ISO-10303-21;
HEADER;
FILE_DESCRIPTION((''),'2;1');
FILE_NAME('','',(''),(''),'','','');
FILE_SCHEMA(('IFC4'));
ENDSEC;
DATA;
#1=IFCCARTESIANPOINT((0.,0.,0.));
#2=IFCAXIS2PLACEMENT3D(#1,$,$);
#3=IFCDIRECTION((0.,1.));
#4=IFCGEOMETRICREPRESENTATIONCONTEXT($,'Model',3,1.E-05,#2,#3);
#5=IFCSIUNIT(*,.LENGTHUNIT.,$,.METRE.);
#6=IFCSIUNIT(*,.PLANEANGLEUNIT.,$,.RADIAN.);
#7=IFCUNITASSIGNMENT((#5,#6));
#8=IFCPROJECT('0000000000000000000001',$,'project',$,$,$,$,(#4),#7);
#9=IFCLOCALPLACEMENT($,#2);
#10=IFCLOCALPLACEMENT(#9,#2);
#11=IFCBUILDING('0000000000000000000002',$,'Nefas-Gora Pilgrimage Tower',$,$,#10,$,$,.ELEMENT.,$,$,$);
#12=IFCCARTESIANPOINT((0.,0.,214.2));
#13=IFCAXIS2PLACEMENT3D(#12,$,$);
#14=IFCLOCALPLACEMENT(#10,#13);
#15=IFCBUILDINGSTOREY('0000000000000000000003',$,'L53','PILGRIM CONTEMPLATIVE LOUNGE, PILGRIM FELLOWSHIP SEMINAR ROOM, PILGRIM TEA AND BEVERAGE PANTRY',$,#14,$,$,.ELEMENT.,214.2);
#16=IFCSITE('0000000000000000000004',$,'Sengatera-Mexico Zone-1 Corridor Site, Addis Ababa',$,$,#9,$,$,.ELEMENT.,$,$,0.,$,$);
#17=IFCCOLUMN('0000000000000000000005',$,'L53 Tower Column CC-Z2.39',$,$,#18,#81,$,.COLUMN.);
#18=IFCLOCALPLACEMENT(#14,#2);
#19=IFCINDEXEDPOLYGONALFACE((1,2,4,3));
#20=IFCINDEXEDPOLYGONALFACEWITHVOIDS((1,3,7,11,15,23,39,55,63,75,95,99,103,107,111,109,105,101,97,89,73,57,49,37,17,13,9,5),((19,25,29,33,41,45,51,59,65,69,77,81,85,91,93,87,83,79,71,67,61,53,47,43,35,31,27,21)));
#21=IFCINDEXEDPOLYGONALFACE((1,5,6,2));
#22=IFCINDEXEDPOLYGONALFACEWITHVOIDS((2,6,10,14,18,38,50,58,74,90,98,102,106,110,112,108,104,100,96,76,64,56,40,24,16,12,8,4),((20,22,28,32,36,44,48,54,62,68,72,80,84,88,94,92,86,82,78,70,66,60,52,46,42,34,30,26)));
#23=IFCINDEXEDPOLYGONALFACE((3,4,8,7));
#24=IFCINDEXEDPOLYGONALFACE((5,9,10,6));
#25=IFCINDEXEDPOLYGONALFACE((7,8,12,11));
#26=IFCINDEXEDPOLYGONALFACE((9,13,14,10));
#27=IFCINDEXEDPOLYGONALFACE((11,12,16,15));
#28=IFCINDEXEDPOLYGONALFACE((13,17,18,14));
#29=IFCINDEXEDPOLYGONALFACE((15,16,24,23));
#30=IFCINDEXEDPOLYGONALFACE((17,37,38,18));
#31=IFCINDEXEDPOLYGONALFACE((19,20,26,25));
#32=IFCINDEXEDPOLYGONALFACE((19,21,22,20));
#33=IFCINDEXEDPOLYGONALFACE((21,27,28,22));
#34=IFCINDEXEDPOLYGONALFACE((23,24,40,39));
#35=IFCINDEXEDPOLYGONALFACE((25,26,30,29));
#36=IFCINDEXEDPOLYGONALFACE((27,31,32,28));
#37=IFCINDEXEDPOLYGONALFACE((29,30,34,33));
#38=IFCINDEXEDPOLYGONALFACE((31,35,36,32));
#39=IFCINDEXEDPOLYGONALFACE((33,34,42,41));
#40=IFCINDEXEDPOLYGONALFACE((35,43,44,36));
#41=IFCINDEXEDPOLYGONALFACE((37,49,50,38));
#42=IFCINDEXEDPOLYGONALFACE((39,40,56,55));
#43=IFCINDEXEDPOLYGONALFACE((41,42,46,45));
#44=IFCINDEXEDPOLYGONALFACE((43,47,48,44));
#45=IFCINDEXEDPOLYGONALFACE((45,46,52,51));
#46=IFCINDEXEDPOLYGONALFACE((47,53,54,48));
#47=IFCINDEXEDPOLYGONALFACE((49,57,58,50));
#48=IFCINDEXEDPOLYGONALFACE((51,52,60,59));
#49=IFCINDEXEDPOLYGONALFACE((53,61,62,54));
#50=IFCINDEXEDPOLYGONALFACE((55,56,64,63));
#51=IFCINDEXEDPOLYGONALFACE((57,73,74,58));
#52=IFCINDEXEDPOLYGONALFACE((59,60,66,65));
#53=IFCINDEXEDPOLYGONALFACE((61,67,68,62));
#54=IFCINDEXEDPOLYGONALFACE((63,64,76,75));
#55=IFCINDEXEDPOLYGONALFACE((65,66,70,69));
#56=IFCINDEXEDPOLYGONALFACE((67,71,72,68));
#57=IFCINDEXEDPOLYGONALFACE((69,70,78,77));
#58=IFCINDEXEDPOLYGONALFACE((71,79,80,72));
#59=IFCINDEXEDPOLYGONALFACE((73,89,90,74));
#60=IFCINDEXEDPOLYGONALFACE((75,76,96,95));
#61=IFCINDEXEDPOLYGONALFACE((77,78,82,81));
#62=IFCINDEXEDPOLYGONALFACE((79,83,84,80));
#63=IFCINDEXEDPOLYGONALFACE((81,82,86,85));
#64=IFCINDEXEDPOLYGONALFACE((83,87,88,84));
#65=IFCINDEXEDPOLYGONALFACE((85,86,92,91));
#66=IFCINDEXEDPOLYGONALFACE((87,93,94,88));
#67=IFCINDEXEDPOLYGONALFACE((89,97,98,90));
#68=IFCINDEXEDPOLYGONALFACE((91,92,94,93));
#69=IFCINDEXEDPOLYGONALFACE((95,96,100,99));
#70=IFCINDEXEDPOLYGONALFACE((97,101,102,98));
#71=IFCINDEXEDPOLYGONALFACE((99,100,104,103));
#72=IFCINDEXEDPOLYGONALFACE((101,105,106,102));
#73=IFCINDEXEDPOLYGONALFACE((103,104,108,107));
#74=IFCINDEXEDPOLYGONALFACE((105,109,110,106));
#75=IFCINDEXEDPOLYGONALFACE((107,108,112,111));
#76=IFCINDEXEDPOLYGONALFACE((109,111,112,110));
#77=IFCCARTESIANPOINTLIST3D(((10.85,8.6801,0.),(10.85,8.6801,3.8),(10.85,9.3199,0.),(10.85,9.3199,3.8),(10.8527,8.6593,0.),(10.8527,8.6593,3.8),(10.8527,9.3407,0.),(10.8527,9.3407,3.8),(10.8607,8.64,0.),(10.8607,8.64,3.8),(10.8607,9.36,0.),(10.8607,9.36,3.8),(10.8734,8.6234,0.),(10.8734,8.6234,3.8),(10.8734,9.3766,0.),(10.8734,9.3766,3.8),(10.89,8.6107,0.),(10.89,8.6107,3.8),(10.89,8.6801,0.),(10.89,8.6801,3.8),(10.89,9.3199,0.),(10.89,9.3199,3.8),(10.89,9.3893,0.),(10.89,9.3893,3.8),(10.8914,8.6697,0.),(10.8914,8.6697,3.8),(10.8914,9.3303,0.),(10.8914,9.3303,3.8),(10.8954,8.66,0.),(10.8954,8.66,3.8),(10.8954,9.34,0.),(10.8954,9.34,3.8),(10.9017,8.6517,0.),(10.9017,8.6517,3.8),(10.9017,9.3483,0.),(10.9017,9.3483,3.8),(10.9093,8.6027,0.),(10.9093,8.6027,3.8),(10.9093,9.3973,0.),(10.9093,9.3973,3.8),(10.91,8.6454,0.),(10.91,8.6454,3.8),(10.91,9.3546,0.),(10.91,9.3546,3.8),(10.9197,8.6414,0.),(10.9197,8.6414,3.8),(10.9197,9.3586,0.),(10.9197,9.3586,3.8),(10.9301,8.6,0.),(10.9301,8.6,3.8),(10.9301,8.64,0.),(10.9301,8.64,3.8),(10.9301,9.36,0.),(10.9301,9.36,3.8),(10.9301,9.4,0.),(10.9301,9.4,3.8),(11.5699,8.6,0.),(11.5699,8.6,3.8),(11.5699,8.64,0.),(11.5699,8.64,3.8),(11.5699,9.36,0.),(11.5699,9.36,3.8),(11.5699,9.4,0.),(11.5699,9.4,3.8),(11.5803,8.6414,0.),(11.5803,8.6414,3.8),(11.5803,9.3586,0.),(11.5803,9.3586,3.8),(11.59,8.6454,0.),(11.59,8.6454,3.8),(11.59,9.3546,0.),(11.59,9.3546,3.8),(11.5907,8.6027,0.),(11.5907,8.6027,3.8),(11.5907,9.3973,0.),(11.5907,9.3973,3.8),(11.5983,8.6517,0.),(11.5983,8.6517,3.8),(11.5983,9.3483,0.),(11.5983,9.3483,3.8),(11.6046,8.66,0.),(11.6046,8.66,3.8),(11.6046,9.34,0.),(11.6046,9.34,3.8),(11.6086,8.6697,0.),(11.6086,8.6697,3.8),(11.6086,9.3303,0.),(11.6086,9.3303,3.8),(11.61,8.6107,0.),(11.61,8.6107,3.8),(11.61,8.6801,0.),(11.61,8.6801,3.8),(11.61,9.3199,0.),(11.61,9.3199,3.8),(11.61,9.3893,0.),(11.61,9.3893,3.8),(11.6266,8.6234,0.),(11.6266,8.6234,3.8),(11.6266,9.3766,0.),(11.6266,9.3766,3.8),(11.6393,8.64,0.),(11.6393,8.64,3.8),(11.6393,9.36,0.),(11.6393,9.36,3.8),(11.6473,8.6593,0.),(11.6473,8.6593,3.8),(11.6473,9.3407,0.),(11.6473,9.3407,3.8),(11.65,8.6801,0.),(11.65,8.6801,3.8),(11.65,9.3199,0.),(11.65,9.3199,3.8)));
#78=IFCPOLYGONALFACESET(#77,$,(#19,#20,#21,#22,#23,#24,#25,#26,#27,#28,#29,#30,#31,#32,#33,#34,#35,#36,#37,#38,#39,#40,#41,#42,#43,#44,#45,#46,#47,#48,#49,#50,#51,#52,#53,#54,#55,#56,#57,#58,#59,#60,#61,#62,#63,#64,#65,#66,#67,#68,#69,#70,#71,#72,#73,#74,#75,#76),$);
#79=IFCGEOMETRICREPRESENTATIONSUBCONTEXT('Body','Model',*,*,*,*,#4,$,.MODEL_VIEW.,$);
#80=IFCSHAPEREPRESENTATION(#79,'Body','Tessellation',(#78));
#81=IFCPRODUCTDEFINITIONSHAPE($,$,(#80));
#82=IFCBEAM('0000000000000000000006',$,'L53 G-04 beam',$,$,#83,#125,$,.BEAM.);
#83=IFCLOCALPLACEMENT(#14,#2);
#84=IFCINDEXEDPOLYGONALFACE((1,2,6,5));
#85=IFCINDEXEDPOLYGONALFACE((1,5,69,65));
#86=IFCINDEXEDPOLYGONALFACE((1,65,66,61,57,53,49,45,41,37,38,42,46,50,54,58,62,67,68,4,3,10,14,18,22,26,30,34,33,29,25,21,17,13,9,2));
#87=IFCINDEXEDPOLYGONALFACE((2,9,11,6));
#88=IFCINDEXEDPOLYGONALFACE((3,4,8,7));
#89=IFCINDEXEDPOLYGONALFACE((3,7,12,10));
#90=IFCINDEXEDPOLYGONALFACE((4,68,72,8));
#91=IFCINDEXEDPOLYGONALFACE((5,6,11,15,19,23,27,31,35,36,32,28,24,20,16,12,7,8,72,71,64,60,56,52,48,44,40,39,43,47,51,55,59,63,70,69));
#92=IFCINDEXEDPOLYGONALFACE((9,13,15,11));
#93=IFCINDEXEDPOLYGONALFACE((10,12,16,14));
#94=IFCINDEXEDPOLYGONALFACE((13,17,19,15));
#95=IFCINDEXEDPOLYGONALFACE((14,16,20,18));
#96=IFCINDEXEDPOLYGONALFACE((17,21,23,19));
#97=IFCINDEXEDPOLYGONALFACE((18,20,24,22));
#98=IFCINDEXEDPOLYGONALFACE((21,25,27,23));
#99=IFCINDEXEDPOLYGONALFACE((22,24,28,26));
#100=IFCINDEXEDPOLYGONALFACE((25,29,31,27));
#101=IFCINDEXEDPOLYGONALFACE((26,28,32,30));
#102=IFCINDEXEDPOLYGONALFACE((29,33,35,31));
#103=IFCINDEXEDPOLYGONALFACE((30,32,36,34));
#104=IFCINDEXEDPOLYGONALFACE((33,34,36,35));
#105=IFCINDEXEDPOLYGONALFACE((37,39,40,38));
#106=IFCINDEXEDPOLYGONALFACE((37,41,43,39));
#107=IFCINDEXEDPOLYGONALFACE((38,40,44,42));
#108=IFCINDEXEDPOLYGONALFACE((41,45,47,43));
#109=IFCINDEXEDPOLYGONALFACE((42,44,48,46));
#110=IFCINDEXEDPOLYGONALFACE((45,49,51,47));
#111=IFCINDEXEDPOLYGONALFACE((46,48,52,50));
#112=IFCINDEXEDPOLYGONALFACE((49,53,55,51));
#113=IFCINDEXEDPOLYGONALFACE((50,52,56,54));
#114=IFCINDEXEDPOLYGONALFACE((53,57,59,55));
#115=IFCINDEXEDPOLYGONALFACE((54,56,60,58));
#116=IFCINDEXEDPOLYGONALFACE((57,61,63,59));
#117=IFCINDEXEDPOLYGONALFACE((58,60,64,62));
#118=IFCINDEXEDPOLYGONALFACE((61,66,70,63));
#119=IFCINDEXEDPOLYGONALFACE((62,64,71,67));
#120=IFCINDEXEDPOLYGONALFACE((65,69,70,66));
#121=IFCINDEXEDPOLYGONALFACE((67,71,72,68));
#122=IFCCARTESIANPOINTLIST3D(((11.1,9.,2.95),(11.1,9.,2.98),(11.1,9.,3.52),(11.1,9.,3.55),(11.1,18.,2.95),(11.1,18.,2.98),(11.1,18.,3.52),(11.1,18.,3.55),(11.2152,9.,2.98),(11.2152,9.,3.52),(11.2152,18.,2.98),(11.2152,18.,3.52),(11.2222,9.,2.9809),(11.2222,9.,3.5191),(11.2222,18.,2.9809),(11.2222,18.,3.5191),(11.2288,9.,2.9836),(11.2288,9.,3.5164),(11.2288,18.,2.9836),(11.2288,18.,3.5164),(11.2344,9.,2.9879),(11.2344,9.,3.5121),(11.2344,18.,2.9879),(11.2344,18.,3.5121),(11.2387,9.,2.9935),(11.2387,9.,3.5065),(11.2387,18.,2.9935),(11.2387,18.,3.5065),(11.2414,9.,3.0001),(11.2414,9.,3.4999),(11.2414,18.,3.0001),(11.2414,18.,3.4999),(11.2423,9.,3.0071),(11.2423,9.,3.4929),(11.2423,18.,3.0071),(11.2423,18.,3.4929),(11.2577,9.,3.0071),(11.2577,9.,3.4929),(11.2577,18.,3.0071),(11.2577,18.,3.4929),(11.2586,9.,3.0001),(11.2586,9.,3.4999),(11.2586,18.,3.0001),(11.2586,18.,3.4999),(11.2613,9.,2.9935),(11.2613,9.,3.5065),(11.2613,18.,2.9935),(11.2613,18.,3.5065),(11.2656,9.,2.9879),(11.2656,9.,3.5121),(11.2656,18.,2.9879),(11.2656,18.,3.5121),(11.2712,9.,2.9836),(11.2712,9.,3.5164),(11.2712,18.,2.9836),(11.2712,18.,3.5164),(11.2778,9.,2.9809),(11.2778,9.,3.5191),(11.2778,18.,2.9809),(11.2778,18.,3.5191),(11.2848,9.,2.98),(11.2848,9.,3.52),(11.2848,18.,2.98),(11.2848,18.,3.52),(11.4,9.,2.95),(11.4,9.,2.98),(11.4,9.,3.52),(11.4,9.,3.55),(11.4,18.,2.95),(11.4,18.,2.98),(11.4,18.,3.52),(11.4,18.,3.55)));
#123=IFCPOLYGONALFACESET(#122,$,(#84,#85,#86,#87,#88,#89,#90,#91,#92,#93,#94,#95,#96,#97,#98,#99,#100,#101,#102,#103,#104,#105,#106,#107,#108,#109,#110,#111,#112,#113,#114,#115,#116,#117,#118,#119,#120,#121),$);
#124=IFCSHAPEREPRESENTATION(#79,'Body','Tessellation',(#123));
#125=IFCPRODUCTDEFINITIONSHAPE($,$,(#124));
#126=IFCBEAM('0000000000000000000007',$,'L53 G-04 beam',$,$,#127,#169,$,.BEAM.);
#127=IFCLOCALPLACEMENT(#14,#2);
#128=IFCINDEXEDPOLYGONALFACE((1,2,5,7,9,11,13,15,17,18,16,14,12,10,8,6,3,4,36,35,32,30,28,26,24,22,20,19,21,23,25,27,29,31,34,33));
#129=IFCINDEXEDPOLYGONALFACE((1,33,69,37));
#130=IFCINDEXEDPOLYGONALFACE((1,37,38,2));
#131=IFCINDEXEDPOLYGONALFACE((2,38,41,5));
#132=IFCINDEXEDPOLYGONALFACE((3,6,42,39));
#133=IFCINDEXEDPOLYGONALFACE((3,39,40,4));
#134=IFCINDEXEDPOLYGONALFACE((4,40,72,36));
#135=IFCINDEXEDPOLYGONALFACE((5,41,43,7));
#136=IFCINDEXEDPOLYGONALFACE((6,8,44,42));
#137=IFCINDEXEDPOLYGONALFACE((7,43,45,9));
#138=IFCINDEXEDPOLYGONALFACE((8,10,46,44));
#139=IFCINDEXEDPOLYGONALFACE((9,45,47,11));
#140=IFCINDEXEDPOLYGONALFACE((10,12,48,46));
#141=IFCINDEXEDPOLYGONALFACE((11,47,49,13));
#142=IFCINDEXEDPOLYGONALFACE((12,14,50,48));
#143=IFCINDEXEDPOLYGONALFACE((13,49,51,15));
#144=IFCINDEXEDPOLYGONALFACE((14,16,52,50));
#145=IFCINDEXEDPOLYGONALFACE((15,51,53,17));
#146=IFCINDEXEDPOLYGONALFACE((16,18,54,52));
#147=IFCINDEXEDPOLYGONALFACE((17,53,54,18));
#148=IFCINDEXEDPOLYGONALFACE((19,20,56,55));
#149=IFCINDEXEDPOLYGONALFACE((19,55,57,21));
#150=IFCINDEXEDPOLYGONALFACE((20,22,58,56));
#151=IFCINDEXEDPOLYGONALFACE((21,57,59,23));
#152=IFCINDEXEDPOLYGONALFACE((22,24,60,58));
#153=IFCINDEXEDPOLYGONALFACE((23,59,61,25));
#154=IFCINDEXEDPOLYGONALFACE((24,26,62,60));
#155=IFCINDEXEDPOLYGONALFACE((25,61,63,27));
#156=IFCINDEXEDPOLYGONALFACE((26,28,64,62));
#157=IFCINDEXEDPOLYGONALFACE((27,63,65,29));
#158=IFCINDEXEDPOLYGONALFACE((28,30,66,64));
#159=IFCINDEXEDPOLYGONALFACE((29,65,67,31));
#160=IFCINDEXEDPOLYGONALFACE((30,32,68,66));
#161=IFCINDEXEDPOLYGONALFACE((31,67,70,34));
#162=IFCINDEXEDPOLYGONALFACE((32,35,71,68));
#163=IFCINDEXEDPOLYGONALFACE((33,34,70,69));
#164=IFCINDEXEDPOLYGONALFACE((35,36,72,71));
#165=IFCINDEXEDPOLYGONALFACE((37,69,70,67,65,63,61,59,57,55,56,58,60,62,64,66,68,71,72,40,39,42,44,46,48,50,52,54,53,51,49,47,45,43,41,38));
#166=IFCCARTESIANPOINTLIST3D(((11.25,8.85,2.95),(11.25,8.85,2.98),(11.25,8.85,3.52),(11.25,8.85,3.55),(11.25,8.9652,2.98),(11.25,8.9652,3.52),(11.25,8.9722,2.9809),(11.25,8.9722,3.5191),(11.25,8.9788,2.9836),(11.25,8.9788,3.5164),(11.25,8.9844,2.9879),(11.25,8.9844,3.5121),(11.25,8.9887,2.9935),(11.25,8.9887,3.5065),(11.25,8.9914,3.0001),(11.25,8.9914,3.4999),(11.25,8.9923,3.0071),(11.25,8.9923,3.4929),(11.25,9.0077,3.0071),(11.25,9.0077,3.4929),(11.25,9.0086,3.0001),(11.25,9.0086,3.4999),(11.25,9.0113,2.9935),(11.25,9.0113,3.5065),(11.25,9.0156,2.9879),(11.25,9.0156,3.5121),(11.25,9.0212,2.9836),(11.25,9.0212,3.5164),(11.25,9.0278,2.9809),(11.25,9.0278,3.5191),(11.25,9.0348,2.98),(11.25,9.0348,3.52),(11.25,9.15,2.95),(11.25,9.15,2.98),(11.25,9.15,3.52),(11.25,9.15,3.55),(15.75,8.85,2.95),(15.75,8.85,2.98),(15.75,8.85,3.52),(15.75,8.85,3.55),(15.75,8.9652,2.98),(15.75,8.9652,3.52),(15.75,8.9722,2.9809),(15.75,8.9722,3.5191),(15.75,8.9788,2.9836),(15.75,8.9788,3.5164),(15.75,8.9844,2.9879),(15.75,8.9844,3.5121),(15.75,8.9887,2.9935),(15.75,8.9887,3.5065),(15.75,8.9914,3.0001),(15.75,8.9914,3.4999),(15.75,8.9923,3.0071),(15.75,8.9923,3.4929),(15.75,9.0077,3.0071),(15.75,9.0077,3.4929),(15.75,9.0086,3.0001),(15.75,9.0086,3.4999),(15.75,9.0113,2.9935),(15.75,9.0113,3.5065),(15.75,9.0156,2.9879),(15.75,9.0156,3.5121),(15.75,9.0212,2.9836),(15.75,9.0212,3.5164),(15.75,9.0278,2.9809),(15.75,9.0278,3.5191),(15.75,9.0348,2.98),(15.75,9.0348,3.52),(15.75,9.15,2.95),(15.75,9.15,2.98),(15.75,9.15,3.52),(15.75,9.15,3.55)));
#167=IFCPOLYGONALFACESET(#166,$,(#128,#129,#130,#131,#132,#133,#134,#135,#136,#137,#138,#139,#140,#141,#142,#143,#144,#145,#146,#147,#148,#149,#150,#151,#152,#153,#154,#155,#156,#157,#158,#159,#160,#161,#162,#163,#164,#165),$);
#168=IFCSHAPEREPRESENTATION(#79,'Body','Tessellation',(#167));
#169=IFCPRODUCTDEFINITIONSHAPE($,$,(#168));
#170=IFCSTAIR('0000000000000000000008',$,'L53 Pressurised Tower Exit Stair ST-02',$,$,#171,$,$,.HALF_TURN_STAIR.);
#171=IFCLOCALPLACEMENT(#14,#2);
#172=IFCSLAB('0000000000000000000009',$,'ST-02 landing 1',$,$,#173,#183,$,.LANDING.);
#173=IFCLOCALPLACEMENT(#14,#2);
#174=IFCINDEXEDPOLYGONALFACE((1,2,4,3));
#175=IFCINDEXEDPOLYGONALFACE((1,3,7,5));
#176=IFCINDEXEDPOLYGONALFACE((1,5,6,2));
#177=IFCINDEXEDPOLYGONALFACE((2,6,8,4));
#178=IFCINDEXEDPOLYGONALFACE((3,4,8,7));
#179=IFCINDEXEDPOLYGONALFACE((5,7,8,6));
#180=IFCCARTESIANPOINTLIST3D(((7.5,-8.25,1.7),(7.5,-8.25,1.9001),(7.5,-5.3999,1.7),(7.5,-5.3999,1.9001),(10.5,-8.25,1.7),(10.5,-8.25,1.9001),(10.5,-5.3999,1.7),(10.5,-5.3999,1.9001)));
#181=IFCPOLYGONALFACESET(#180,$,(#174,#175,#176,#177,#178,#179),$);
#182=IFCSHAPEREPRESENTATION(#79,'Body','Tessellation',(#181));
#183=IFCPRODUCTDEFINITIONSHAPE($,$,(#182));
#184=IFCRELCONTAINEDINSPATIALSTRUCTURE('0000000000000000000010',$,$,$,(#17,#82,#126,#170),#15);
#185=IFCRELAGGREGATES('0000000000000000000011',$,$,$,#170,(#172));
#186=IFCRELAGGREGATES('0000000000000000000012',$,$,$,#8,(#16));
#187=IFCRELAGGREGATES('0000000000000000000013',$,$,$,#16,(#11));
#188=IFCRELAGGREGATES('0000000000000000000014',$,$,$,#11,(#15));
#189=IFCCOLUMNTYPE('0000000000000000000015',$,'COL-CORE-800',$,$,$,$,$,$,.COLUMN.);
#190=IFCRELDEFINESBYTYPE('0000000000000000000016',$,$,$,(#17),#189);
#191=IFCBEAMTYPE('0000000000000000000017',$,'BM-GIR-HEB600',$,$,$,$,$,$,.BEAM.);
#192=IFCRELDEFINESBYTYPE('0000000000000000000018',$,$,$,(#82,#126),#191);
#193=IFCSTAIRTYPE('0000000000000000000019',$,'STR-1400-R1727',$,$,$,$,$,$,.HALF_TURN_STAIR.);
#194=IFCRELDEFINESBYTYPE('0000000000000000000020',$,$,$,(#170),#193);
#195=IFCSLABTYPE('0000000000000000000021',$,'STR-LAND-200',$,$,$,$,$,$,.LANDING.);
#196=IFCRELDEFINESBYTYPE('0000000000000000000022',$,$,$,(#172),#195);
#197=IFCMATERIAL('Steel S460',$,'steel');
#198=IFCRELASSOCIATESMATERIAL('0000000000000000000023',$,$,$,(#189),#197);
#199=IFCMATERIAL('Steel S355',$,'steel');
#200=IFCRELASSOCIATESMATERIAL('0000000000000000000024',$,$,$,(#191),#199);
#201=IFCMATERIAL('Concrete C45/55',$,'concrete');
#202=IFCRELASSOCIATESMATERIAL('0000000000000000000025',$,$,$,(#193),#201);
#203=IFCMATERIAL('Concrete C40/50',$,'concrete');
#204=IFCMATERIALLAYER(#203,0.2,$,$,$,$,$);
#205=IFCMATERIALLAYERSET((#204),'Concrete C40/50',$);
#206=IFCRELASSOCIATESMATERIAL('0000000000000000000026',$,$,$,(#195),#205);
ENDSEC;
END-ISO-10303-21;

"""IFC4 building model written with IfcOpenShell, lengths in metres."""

from ifc_helpers import new_model, si_unit, direction, frame, origin, origin_2d, place, context, subcontext, project, spatial, polyline, hollow_rectangle, i_section, outline, extrude, source, transform, mapped, material, layer, layer_set, material_profile, profile_set, type_object, element, aggregate, save


model = new_model("IFC4")

# Units and contexts
model_context = context("Model", 3, precision=1e-05, world=origin(), true_north=direction((0.0, 1.0)))
body_context = subcontext(model_context, "Body", "Model", "MODEL_VIEW")
ifc_project = project(units=[si_unit("LENGTHUNIT", "METRE"), si_unit("PLANEANGLEUNIT", "RADIAN")], contexts=[model_context])

# Site, building, storey
site_placement = place(None, origin())
site = spatial("IfcSite", under=ifc_project, at=site_placement, Name="Sengatera-Mexico Zone-1 Corridor Site, Addis Ababa", CompositionType="ELEMENT", RefElevation=0.0)
building_placement = place(site_placement, origin())
building = spatial("IfcBuilding", under=site, at=building_placement, Name="Nefas-Gora Pilgrimage Tower", CompositionType="ELEMENT")
storey_placement = place(building_placement, frame((0.0, 0.0, 214.2)))
storey = spatial("IfcBuildingStorey", under=building, at=storey_placement, Name="L53", Description="PILGRIM CONTEMPLATIVE LOUNGE, PILGRIM FELLOWSHIP SEMINAR ROOM, PILGRIM TEA AND BEVERAGE PANTRY", CompositionType="ELEMENT", Elevation=214.2)

# Column
ifc_material_1 = material(Name="Steel S460", Category="steel")
ifc_material_profile_1 = material_profile(ifc_material_1, hollow_rectangle(XDim=0.8, YDim=0.8, WallThickness=0.04, InnerFilletRadius=0.04, OuterFilletRadius=0.0801, at=origin_2d()), Name="BOX 800x800x40")
ifc_profile_set_1 = profile_set([ifc_material_profile_1], Name="Steel S460")
column_type = type_object("IfcColumnType", Name="COL-CORE-800", PredefinedType="COLUMN", material=ifc_profile_set_1)
shared_shape_1 = source(origin(), body_context, "Body", "SweptSolid", [
    extrude(hollow_rectangle(XDim=0.8, YDim=0.8, WallThickness=0.04, InnerFilletRadius=0.04, OuterFilletRadius=0.0801, at=origin_2d()), origin(), (0.0, 0.0, 1.0), 3.8),
])
column_placement = place(storey_placement, frame((11.25, 9.0, 0.0), z_axis=(0.0, 0.0, 1.0), x_axis=(1.0, 0.0, 0.0)))
element("IfcColumn", 1, at=column_placement, inside=storey, type_object=column_type, Name="L53 Tower Column CC-Z2.39", PredefinedType="COLUMN", context=body_context, shape_type="MappedRepresentation", body=[
    mapped(shared_shape_1, transform((0.0, 0.0, 0.0), x_axis=(1.0, 0.0, 0.0), y_axis=(0.0, 1.0, 0.0), z_axis=(0.0, 0.0, 1.0), scale=1.0)),
])

# Beams
ifc_material_2 = material(Name="Steel S355", Category="steel")
ifc_material_profile_2 = material_profile(ifc_material_2, i_section(OverallWidth=0.3, OverallDepth=0.6001, WebThickness=0.0154, FlangeThickness=0.03, FilletRadius=0.0271, at=origin_2d()), Name="HEB 600")
ifc_profile_set_2 = profile_set([ifc_material_profile_2], Name="Steel S355")
beam_type = type_object("IfcBeamType", Name="BM-GIR-HEB600", PredefinedType="BEAM", material=ifc_profile_set_2)
shared_shape_2 = source(origin(), body_context, "Body", "SweptSolid", [
    extrude(i_section(OverallWidth=0.3, OverallDepth=0.6001, WebThickness=0.0154, FlangeThickness=0.03, FilletRadius=0.0271, at=origin_2d()), origin(), (0.0, 0.0, 1.0), 9.0),
])
beam_1_placement = place(storey_placement, frame((11.25, 9.0, 3.25), z_axis=(0.0, 1.0, 0.0), x_axis=(-1.0, 0.0, 0.0)))
element("IfcBeam", 2, at=beam_1_placement, inside=storey, type_object=beam_type, Name="L53 G-04 beam", PredefinedType="BEAM", context=body_context, shape_type="MappedRepresentation", body=[
    mapped(shared_shape_2, transform((0.0, 0.0, 0.0), x_axis=(1.0, 0.0, 0.0), y_axis=(0.0, 1.0, 0.0), z_axis=(0.0, 0.0, 1.0), scale=1.0)),
])
shared_shape_3 = source(origin(), body_context, "Body", "SweptSolid", [
    extrude(i_section(OverallWidth=0.3, OverallDepth=0.6001, WebThickness=0.0154, FlangeThickness=0.03, FilletRadius=0.0271, at=origin_2d()), origin(), (0.0, 0.0, 1.0), 4.5),
])
beam_2_placement = place(storey_placement, frame((11.25, 9.0, 3.25), z_axis=(1.0, 0.0, 0.0), x_axis=(0.0, 1.0, 0.0)))
element("IfcBeam", 3, at=beam_2_placement, inside=storey, type_object=beam_type, Name="L53 G-04 beam", PredefinedType="BEAM", context=body_context, shape_type="MappedRepresentation", body=[
    mapped(shared_shape_3, transform((0.0, 0.0, 0.0), x_axis=(1.0, 0.0, 0.0), y_axis=(0.0, 1.0, 0.0), z_axis=(0.0, 0.0, 1.0), scale=1.0)),
])

# Stair, slab
ifc_material_3 = material(Name="Concrete C45/55", Category="concrete")
stair_type = type_object("IfcStairType", Name="STR-1400-R1727", PredefinedType="HALF_TURN_STAIR", material=ifc_material_3)
stair_1_placement = place(storey_placement, origin())
stair_1 = element("IfcStair", 4, at=stair_1_placement, inside=storey, type_object=stair_type, Name="L53 Pressurised Tower Exit Stair ST-02", PredefinedType="HALF_TURN_STAIR")
ifc_material_4 = material(Name="Concrete C40/50", Category="concrete")
ifc_layer_1 = layer(ifc_material_4, 0.2)
ifc_layer_set_1 = layer_set([ifc_layer_1], Name="Concrete C40/50")
slab_type = type_object("IfcSlabType", Name="STR-LAND-200", PredefinedType="LANDING", material=ifc_layer_set_1)
slab_1_placement = place(storey_placement, frame((0.0, 0.0, 1.7)))
slab_1 = element("IfcSlab", 5, at=slab_1_placement, type_object=slab_type, Name="ST-02 landing 1", PredefinedType="LANDING", context=body_context, shape_type="SweptSolid", body=[
    extrude(outline(polyline([(7.5, -5.3999), (7.5, -8.25), (10.5, -8.25), (10.5, -5.3999), (7.5, -5.3999)])), origin(), (0.0, 0.0, 1.0), 0.2002),
])
aggregate(stair_1, [slab_1])

save(model, "model.ifc")
